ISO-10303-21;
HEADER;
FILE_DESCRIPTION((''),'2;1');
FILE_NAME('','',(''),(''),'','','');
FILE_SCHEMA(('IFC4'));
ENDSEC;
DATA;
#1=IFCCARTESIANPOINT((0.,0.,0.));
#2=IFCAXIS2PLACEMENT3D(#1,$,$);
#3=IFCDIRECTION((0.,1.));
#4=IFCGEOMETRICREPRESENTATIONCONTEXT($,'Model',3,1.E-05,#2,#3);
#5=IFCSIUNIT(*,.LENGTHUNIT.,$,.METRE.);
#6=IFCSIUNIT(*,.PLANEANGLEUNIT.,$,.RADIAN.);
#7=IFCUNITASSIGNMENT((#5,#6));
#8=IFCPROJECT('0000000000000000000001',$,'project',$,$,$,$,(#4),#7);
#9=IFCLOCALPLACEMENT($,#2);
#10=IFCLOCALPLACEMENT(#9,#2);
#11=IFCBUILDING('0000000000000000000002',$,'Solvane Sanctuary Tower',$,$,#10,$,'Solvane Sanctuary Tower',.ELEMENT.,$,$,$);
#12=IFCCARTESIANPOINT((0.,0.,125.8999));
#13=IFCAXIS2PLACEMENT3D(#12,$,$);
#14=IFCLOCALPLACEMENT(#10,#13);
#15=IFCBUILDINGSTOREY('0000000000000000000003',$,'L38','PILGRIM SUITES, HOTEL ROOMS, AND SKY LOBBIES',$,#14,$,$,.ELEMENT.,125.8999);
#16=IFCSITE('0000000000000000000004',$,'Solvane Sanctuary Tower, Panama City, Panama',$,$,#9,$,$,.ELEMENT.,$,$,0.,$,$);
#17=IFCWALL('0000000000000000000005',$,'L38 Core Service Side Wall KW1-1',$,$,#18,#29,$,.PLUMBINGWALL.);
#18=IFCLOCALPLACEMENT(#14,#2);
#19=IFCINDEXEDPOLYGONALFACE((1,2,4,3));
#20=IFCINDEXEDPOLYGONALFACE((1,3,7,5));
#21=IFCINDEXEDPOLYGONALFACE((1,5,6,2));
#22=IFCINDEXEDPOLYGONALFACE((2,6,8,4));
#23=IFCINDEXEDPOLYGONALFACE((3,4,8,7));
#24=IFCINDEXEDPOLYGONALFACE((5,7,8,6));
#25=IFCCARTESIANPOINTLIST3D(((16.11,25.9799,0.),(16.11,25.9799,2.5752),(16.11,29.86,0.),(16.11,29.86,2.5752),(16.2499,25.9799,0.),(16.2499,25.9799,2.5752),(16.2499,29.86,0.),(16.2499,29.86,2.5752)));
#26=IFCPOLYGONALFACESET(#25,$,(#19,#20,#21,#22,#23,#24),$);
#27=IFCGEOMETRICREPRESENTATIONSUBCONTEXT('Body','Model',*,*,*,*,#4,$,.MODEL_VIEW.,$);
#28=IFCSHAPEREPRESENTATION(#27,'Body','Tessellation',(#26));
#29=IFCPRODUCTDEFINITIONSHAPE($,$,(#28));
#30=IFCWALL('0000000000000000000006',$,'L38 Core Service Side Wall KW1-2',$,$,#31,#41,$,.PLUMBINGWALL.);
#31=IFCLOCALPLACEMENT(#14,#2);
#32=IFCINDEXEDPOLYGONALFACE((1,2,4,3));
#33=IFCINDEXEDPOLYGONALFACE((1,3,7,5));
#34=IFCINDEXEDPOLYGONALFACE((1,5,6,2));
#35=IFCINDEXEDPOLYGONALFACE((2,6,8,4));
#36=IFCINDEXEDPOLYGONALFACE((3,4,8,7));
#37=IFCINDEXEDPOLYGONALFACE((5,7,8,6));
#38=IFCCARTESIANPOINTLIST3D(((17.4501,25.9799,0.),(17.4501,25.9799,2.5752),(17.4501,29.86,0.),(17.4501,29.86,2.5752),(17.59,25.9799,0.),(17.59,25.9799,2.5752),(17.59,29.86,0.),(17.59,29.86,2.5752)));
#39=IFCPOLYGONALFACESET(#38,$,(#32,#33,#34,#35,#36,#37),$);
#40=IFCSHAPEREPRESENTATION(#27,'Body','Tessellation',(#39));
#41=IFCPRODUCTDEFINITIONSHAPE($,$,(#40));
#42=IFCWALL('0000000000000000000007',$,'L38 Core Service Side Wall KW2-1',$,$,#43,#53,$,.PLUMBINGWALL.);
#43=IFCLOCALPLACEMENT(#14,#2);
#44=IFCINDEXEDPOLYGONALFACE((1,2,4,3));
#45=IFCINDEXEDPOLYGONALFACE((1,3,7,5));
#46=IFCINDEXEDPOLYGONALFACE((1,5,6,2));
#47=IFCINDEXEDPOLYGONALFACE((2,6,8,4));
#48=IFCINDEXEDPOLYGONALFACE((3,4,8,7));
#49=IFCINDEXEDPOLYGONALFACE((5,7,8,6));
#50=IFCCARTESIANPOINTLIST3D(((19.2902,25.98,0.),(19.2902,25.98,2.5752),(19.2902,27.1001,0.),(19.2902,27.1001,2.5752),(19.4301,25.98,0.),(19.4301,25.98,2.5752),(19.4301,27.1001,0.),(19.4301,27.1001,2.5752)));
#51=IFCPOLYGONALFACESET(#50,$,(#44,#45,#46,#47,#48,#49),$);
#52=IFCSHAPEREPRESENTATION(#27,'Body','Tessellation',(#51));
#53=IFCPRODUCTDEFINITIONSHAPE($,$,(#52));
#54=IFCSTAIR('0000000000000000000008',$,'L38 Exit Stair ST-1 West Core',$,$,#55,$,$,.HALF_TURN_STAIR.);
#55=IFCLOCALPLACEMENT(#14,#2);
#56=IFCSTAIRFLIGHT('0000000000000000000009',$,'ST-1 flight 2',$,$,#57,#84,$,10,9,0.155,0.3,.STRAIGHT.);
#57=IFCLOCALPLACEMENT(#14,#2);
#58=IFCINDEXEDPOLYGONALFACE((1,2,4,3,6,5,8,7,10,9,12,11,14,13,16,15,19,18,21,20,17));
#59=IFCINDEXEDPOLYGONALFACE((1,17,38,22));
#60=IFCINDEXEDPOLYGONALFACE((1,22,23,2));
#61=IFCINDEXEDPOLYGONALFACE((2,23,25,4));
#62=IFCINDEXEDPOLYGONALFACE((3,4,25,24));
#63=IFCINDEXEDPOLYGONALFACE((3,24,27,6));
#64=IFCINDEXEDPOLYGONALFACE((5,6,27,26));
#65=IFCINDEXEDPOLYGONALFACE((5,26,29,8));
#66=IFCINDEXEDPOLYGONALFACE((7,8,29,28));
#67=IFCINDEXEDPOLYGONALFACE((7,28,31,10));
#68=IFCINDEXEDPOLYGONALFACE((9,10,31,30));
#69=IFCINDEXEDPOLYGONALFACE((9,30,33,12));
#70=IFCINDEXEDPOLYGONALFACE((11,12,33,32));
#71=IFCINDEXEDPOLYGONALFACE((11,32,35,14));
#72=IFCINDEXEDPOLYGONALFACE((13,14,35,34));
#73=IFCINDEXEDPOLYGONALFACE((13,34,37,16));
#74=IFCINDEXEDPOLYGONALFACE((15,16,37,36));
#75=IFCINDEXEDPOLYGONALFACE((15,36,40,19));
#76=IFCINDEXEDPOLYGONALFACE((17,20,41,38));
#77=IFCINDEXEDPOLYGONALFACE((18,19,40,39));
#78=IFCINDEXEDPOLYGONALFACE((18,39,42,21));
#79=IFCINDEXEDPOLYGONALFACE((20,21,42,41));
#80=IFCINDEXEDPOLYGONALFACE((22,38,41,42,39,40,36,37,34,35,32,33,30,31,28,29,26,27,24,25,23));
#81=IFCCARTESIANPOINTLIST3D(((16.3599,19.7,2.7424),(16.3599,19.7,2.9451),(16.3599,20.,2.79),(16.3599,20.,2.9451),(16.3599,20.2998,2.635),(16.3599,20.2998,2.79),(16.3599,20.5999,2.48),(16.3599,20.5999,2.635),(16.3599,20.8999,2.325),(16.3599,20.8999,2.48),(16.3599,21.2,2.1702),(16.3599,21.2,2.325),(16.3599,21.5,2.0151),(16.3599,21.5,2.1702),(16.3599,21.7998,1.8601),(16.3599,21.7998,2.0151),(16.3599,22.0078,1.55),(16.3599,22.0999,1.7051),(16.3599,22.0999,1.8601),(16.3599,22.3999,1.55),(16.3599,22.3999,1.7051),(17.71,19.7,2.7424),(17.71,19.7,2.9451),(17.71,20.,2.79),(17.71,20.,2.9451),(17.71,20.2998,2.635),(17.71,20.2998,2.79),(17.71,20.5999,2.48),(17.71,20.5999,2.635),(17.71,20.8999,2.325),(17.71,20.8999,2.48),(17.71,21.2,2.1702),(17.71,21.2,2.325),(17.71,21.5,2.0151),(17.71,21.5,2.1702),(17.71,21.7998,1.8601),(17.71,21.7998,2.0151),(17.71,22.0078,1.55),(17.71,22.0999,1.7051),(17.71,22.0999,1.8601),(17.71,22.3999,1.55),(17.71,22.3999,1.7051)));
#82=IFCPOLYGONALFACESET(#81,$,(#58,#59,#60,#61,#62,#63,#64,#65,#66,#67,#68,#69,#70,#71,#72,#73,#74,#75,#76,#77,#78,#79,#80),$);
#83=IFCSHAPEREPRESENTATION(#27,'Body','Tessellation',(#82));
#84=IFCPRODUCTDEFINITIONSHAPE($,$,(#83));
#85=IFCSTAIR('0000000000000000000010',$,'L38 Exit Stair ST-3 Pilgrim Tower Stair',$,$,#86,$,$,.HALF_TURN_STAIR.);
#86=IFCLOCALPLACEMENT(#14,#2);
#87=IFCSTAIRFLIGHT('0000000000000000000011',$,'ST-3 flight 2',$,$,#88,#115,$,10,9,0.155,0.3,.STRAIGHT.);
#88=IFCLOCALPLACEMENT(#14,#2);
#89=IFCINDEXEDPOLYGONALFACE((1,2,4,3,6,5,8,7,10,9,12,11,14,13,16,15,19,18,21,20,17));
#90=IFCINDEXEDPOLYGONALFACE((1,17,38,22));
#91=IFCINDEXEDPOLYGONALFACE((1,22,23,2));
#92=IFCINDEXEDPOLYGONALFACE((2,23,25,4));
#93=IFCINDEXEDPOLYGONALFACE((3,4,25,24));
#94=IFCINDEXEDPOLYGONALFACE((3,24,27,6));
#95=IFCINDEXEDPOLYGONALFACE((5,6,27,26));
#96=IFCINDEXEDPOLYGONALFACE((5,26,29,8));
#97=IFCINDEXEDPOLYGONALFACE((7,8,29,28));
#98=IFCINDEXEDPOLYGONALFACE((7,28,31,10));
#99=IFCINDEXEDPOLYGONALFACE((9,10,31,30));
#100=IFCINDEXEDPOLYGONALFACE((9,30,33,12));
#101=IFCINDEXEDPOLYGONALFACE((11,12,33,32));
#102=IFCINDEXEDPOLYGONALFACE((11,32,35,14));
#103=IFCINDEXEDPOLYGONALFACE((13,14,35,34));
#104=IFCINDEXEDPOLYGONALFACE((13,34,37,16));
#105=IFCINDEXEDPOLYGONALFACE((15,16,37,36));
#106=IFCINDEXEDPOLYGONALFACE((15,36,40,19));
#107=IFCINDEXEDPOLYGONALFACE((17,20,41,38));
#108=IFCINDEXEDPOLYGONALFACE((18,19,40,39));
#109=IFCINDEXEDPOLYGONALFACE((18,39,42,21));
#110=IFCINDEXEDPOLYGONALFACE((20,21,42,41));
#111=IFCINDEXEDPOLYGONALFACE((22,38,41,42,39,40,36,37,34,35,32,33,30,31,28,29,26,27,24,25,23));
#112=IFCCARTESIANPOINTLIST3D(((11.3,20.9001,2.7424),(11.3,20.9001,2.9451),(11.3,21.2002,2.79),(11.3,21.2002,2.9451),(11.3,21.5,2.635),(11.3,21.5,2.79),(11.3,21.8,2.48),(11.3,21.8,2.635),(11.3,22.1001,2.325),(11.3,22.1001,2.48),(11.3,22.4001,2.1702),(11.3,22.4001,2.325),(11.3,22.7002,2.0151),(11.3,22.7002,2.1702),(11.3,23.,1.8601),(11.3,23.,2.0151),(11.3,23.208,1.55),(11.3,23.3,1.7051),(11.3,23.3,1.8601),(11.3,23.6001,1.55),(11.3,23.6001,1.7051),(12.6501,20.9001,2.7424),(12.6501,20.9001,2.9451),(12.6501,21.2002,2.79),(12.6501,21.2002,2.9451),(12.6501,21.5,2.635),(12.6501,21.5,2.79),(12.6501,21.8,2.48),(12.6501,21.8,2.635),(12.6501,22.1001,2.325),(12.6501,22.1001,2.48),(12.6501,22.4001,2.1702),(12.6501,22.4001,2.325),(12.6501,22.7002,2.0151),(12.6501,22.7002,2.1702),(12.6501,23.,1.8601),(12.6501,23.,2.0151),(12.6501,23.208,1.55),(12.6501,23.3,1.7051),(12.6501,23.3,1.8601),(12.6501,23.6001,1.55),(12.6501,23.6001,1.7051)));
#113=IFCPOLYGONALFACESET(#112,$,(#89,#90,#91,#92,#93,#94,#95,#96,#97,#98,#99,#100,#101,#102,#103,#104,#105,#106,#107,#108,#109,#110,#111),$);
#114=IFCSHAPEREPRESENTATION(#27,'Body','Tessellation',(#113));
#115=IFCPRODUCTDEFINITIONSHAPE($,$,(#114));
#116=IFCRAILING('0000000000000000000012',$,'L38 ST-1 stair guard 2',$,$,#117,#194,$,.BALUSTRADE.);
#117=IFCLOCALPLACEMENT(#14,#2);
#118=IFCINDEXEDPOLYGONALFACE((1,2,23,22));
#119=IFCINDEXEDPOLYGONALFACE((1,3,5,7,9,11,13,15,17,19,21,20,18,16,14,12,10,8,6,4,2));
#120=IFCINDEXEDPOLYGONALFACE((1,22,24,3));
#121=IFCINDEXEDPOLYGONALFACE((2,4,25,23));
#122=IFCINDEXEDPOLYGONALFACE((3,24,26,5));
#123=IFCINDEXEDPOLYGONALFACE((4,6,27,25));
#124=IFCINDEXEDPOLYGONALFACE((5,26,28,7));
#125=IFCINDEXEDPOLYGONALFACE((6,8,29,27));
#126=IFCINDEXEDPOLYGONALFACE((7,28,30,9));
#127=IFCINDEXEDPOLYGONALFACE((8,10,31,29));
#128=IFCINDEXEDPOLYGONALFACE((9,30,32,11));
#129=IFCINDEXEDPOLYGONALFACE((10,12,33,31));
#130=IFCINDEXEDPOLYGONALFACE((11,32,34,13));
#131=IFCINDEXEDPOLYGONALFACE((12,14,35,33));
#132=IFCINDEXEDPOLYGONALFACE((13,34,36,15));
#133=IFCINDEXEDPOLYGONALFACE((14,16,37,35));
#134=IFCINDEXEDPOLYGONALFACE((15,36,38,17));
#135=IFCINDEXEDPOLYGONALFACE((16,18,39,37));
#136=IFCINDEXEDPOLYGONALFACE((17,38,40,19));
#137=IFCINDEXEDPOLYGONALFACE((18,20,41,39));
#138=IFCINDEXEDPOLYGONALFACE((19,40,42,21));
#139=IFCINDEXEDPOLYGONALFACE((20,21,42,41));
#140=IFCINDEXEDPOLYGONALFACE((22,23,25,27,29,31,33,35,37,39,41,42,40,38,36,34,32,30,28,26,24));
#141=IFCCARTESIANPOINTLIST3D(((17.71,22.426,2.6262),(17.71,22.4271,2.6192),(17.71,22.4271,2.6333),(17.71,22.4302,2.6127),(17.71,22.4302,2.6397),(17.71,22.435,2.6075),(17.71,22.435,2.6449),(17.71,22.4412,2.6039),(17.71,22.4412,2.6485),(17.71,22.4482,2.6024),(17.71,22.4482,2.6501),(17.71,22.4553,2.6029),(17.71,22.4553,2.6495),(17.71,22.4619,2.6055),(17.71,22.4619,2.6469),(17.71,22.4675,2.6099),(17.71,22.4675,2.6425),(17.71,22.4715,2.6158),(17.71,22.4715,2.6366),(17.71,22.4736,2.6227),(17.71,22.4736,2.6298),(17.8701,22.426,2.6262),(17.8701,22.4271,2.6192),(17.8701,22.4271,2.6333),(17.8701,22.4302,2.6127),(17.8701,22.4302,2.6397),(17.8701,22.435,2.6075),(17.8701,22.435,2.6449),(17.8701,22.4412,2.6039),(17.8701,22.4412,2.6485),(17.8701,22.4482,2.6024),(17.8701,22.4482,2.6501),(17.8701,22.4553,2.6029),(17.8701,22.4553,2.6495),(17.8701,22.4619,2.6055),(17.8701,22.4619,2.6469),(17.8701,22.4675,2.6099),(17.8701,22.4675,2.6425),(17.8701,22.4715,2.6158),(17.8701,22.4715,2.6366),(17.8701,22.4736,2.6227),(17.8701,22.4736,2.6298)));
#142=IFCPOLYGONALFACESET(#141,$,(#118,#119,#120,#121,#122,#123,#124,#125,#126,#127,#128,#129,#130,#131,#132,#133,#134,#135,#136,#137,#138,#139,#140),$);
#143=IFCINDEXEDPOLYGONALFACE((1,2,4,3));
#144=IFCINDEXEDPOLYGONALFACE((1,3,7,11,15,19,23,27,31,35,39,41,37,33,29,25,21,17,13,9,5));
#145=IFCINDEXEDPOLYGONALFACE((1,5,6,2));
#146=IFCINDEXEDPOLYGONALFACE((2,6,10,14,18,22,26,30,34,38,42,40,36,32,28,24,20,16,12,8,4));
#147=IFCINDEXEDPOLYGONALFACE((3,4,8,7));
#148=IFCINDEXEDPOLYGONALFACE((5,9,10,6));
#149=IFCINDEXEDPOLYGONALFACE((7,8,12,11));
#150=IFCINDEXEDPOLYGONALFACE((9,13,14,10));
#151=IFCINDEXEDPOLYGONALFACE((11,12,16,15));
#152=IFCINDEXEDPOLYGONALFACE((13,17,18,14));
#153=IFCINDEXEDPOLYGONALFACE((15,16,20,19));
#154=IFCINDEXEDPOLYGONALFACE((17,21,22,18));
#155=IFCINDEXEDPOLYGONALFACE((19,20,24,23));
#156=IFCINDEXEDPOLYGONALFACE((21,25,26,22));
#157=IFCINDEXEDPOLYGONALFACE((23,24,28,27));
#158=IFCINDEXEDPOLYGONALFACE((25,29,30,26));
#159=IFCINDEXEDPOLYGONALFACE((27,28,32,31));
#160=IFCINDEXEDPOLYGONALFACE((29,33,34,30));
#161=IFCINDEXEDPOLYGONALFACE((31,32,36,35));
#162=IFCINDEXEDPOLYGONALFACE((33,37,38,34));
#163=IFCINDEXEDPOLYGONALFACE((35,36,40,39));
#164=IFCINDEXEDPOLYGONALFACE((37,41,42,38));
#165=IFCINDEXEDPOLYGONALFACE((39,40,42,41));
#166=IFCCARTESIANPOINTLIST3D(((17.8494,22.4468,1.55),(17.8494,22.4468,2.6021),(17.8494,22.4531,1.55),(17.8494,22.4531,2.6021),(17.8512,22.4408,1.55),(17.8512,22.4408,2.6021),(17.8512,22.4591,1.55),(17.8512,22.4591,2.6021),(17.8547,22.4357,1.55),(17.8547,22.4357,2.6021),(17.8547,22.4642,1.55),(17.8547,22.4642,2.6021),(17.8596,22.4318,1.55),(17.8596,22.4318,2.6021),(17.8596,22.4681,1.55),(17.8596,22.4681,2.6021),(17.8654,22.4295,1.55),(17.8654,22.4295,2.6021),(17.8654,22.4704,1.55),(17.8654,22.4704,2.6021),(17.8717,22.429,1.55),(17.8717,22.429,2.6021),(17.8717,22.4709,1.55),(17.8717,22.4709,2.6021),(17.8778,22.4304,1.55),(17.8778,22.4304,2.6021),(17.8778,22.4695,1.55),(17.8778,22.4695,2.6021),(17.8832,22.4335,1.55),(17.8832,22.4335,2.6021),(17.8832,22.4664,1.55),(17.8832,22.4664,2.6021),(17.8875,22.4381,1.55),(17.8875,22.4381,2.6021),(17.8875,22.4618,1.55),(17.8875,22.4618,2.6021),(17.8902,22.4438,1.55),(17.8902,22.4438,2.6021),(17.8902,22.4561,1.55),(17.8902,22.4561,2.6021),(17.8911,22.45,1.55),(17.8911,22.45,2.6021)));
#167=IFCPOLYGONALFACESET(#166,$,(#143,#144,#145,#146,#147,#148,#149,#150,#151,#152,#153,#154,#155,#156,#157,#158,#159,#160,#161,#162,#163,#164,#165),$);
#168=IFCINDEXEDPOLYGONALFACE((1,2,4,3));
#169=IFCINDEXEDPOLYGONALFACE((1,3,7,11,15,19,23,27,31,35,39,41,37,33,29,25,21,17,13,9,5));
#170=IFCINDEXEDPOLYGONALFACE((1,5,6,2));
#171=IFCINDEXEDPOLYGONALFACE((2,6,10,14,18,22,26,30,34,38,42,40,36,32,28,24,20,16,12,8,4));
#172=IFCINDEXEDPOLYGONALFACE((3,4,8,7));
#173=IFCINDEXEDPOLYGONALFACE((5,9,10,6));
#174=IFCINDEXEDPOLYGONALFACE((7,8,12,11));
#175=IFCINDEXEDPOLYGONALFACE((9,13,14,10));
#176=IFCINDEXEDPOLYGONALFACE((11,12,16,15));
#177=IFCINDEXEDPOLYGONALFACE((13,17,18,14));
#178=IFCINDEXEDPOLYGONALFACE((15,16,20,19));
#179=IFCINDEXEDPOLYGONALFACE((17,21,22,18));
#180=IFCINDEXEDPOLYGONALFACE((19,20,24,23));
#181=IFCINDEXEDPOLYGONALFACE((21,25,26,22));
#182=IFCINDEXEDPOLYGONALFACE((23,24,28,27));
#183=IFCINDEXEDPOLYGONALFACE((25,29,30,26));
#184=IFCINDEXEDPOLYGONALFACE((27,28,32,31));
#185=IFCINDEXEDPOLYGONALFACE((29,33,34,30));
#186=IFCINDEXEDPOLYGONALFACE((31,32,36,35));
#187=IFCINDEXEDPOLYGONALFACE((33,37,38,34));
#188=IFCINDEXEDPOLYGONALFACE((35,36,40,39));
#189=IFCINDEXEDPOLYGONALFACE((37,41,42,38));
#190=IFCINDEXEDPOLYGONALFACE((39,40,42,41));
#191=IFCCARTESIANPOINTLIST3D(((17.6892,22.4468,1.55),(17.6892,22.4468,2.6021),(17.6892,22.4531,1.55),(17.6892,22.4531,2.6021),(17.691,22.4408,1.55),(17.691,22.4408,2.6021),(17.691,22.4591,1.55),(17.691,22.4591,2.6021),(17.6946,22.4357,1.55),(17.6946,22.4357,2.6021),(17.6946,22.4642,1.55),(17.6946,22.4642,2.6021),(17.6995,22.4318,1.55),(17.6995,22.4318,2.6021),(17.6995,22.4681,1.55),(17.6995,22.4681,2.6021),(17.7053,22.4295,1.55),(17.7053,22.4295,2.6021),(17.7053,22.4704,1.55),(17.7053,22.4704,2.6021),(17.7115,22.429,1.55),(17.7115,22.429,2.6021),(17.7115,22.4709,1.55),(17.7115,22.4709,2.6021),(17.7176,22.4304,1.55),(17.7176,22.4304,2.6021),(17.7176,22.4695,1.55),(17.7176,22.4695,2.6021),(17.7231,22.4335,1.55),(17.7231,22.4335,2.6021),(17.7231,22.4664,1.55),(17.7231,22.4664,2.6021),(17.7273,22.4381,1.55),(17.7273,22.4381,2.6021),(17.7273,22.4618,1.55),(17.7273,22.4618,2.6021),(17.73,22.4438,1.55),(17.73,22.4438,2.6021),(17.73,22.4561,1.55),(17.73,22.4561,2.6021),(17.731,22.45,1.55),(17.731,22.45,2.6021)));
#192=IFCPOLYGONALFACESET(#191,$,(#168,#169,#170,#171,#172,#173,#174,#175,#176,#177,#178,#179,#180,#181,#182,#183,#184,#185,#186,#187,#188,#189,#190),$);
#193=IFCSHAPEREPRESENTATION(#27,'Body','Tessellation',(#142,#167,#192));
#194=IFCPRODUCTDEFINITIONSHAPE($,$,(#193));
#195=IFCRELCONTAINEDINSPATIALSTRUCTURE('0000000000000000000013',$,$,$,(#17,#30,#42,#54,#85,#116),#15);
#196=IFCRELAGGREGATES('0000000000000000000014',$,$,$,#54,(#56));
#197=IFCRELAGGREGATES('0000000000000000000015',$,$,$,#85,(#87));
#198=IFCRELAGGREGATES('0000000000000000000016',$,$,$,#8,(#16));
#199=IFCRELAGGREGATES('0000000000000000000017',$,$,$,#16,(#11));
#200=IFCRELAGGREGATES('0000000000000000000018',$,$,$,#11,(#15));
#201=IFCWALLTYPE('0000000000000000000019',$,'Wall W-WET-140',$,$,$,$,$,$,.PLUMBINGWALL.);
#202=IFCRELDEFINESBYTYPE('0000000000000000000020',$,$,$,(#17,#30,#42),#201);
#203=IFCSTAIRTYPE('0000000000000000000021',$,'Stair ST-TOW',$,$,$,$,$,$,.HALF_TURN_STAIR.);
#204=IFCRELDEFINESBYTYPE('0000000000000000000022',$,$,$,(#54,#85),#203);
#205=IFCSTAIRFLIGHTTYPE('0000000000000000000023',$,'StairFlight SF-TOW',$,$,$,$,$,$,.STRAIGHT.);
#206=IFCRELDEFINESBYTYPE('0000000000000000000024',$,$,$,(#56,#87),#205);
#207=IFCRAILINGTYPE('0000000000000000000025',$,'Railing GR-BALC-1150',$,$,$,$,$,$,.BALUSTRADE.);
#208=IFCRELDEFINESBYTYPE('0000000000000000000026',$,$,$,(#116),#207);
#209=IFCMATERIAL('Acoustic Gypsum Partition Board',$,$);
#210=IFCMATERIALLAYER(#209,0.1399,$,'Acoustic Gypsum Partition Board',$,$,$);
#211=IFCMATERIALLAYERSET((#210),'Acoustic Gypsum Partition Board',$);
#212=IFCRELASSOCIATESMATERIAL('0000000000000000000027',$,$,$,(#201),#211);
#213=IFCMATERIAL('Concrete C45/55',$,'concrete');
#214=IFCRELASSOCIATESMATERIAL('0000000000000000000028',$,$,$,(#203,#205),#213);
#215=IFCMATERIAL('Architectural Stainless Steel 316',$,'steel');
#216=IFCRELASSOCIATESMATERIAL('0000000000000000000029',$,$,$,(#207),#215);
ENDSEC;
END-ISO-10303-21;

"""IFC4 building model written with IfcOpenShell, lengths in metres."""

from ifc_helpers import new_model, si_unit, direction, frame, frame_2d, origin, origin_2d, place, context, subcontext, project, spatial, polyline, rectangle, circle, outline, extrude, material, layer, layer_set, type_object, element, aggregate, save


model = new_model("IFC4")

# Units and contexts
model_context = context("Model", 3, precision=1e-05, world=origin(), true_north=direction((0.0, 1.0)))
body_context = subcontext(model_context, "Body", "Model", "MODEL_VIEW")
ifc_project = project(units=[si_unit("LENGTHUNIT", "METRE"), si_unit("PLANEANGLEUNIT", "RADIAN")], contexts=[model_context])

# Site, building, storey
site_placement = place(None, origin())
site = spatial("IfcSite", under=ifc_project, at=site_placement, Name="Solvane Sanctuary Tower, Panama City, Panama", CompositionType="ELEMENT", RefElevation=0.0)
building_placement = place(site_placement, origin())
building = spatial("IfcBuilding", under=site, at=building_placement, Name="Solvane Sanctuary Tower", LongName="Solvane Sanctuary Tower", CompositionType="ELEMENT")
storey_placement = place(building_placement, frame((0.0, 0.0, 125.8999)))
storey = spatial("IfcBuildingStorey", under=building, at=storey_placement, Name="L38", Description="PILGRIM SUITES, HOTEL ROOMS, AND SKY LOBBIES", CompositionType="ELEMENT", Elevation=125.8999)

# Shared definitions
ifc_material_1 = material(Name="Acoustic Gypsum Partition Board")

# Shared definitions
ifc_material_2 = material(Name="Architectural Stainless Steel 316", Category="steel")

# Walls
ifc_layer_1 = layer(ifc_material_1, 0.1399, Name="Acoustic Gypsum Partition Board")
ifc_layer_set_1 = layer_set([ifc_layer_1], Name="Acoustic Gypsum Partition Board")
wall_type_1 = type_object("IfcWallType", Name="Wall W-WET-140", PredefinedType="PLUMBINGWALL", material=ifc_layer_set_1)
for number, where, z_axis, x_axis, name in (
    (1, (16.1799, 25.98, 0.0), (0.0, 0.0, 1.0), (0.0, 1.0, 0.0), "L38 Core Service Side Wall KW1-1"),
    (2, (17.52, 25.98, 0.0), (0.0, 0.0, 1.0), (0.0, 1.0, 0.0), "L38 Core Service Side Wall KW1-2"),
):
    element("IfcWall", number, at=place(storey_placement, frame(where, z_axis=z_axis, x_axis=x_axis)), inside=storey, type_object=wall_type_1, Name=name, PredefinedType="PLUMBINGWALL", context=body_context, shape_type="SweptSolid", body=[
        extrude(rectangle(XDim=3.8801, YDim=0.1399, at=frame_2d((1.9399, 0.0))), origin(), (0.0, 0.0, 1.0), 2.5752),
    ])
wall_1_placement = place(storey_placement, frame((19.3601, 25.98, 0.0), z_axis=(0.0, 0.0, 1.0), x_axis=(0.0, 1.0, 0.0)))
element("IfcWall", 3, at=wall_1_placement, inside=storey, type_object=wall_type_1, Name="L38 Core Service Side Wall KW2-1", PredefinedType="PLUMBINGWALL", context=body_context, shape_type="SweptSolid", body=[
    extrude(rectangle(XDim=1.1201, YDim=0.1399, at=frame_2d((0.5601, 0.0))), origin(), (0.0, 0.0, 1.0), 2.5752),
])

# Stairs, stair flights
ifc_material_3 = material(Name="Concrete C45/55", Category="concrete")
stair_type = type_object("IfcStairType", Name="Stair ST-TOW", PredefinedType="HALF_TURN_STAIR", material=ifc_material_3)
stair_1_placement = place(storey_placement, origin())
stair_1 = element("IfcStair", 4, at=stair_1_placement, inside=storey, type_object=stair_type, Name="L38 Exit Stair ST-1 West Core", PredefinedType="HALF_TURN_STAIR")
stair_flight_type = type_object("IfcStairFlightType", Name="StairFlight SF-TOW", PredefinedType="STRAIGHT", material=ifc_material_3)
stair_flight_1_placement = place(storey_placement, frame((17.0349, 22.3999, 1.55), z_axis=(0.0, 0.0, 1.0), x_axis=(0.0, -1.0, 0.0)))
stair_flight_1 = element("IfcStairFlight", 5, at=stair_flight_1_placement, type_object=stair_flight_type, Name="ST-1 flight 2", NumberOfRisers=10, NumberOfTreads=9, PredefinedType="STRAIGHT", RiserHeight=0.155, TreadLength=0.3, context=body_context, shape_type="SweptSolid", body=[
    extrude(outline(polyline([(0.0, 0.0), (0.0, 0.155), (0.3, 0.155), (0.3, 0.3101), (0.6001, 0.3101), (0.6001, 0.4651), (0.8999, 0.4651), (0.8999, 0.6201), (1.2, 0.6201), (1.2, 0.7749), (1.5, 0.7749), (1.5, 0.9299), (1.8, 0.9299), (1.8, 1.085), (2.1001, 1.085), (2.1001, 1.24), (2.3999, 1.24), (2.3999, 1.395), (2.7, 1.395), (2.7, 1.55), (2.7, 1.1924), (0.3921, 0.0), (0.0, 0.0)])), frame((0.0, 0.675, 0.0), z_axis=(0.0, -1.0, 0.0), x_axis=(1.0, 0.0, 0.0)), (0.0, 0.0, 1.0), 1.3501),
])
aggregate(stair_1, [stair_flight_1])
stair_2_placement = place(storey_placement, origin())
stair_2 = element("IfcStair", 6, at=stair_2_placement, inside=storey, type_object=stair_type, Name="L38 Exit Stair ST-3 Pilgrim Tower Stair", PredefinedType="HALF_TURN_STAIR")
stair_flight_2_placement = place(storey_placement, frame((11.9751, 23.6001, 1.55), z_axis=(0.0, 0.0, 1.0), x_axis=(0.0, -1.0, 0.0)))
stair_flight_2 = element("IfcStairFlight", 7, at=stair_flight_2_placement, type_object=stair_flight_type, Name="ST-3 flight 2", NumberOfRisers=10, NumberOfTreads=9, PredefinedType="STRAIGHT", RiserHeight=0.155, TreadLength=0.3, context=body_context, shape_type="SweptSolid", body=[
    extrude(outline(polyline([(0.0, 0.0), (0.0, 0.155), (0.3, 0.155), (0.3, 0.3101), (0.6001, 0.3101), (0.6001, 0.4651), (0.8999, 0.4651), (0.8999, 0.6201), (1.2, 0.6201), (1.2, 0.7749), (1.5, 0.7749), (1.5, 0.9299), (1.8, 0.9299), (1.8, 1.085), (2.1001, 1.085), (2.1001, 1.24), (2.3999, 1.24), (2.3999, 1.395), (2.7, 1.395), (2.7, 1.55), (2.7, 1.1924), (0.3921, 0.0), (0.0, 0.0)])), frame((0.0, 0.675, 0.0), z_axis=(0.0, -1.0, 0.0), x_axis=(1.0, 0.0, 0.0)), (0.0, 0.0, 1.0), 1.3501),
])
aggregate(stair_2, [stair_flight_2])

# Railing
railing_type_1 = type_object("IfcRailingType", Name="Railing GR-BALC-1150", PredefinedType="BALUSTRADE", material=ifc_material_2)
railing_1_placement = place(storey_placement, frame((17.8701, 22.45, 1.55)))
element("IfcRailing", 8, at=railing_1_placement, inside=storey, type_object=railing_type_1, Name="L38 ST-1 stair guard 2", PredefinedType="BALUSTRADE", context=body_context, shape_type="SweptSolid", body=[
    extrude(circle(Radius=0.0239, at=origin_2d()), frame((0.0, 0.0, 1.0762), z_axis=(-1.0, 0.0, 0.0), x_axis=(0.0, -1.0, 0.0)), (0.0, 0.0, 1.0), 0.1602),
    extrude(circle(Radius=0.021, at=origin_2d()), origin(), (0.0, 0.0, 1.0), 1.052),
    extrude(circle(Radius=0.021, at=origin_2d()), frame((-0.1602, 0.0, 0.0)), (0.0, 0.0, 1.0), 1.052),
])

save(model, "model.ifc")
